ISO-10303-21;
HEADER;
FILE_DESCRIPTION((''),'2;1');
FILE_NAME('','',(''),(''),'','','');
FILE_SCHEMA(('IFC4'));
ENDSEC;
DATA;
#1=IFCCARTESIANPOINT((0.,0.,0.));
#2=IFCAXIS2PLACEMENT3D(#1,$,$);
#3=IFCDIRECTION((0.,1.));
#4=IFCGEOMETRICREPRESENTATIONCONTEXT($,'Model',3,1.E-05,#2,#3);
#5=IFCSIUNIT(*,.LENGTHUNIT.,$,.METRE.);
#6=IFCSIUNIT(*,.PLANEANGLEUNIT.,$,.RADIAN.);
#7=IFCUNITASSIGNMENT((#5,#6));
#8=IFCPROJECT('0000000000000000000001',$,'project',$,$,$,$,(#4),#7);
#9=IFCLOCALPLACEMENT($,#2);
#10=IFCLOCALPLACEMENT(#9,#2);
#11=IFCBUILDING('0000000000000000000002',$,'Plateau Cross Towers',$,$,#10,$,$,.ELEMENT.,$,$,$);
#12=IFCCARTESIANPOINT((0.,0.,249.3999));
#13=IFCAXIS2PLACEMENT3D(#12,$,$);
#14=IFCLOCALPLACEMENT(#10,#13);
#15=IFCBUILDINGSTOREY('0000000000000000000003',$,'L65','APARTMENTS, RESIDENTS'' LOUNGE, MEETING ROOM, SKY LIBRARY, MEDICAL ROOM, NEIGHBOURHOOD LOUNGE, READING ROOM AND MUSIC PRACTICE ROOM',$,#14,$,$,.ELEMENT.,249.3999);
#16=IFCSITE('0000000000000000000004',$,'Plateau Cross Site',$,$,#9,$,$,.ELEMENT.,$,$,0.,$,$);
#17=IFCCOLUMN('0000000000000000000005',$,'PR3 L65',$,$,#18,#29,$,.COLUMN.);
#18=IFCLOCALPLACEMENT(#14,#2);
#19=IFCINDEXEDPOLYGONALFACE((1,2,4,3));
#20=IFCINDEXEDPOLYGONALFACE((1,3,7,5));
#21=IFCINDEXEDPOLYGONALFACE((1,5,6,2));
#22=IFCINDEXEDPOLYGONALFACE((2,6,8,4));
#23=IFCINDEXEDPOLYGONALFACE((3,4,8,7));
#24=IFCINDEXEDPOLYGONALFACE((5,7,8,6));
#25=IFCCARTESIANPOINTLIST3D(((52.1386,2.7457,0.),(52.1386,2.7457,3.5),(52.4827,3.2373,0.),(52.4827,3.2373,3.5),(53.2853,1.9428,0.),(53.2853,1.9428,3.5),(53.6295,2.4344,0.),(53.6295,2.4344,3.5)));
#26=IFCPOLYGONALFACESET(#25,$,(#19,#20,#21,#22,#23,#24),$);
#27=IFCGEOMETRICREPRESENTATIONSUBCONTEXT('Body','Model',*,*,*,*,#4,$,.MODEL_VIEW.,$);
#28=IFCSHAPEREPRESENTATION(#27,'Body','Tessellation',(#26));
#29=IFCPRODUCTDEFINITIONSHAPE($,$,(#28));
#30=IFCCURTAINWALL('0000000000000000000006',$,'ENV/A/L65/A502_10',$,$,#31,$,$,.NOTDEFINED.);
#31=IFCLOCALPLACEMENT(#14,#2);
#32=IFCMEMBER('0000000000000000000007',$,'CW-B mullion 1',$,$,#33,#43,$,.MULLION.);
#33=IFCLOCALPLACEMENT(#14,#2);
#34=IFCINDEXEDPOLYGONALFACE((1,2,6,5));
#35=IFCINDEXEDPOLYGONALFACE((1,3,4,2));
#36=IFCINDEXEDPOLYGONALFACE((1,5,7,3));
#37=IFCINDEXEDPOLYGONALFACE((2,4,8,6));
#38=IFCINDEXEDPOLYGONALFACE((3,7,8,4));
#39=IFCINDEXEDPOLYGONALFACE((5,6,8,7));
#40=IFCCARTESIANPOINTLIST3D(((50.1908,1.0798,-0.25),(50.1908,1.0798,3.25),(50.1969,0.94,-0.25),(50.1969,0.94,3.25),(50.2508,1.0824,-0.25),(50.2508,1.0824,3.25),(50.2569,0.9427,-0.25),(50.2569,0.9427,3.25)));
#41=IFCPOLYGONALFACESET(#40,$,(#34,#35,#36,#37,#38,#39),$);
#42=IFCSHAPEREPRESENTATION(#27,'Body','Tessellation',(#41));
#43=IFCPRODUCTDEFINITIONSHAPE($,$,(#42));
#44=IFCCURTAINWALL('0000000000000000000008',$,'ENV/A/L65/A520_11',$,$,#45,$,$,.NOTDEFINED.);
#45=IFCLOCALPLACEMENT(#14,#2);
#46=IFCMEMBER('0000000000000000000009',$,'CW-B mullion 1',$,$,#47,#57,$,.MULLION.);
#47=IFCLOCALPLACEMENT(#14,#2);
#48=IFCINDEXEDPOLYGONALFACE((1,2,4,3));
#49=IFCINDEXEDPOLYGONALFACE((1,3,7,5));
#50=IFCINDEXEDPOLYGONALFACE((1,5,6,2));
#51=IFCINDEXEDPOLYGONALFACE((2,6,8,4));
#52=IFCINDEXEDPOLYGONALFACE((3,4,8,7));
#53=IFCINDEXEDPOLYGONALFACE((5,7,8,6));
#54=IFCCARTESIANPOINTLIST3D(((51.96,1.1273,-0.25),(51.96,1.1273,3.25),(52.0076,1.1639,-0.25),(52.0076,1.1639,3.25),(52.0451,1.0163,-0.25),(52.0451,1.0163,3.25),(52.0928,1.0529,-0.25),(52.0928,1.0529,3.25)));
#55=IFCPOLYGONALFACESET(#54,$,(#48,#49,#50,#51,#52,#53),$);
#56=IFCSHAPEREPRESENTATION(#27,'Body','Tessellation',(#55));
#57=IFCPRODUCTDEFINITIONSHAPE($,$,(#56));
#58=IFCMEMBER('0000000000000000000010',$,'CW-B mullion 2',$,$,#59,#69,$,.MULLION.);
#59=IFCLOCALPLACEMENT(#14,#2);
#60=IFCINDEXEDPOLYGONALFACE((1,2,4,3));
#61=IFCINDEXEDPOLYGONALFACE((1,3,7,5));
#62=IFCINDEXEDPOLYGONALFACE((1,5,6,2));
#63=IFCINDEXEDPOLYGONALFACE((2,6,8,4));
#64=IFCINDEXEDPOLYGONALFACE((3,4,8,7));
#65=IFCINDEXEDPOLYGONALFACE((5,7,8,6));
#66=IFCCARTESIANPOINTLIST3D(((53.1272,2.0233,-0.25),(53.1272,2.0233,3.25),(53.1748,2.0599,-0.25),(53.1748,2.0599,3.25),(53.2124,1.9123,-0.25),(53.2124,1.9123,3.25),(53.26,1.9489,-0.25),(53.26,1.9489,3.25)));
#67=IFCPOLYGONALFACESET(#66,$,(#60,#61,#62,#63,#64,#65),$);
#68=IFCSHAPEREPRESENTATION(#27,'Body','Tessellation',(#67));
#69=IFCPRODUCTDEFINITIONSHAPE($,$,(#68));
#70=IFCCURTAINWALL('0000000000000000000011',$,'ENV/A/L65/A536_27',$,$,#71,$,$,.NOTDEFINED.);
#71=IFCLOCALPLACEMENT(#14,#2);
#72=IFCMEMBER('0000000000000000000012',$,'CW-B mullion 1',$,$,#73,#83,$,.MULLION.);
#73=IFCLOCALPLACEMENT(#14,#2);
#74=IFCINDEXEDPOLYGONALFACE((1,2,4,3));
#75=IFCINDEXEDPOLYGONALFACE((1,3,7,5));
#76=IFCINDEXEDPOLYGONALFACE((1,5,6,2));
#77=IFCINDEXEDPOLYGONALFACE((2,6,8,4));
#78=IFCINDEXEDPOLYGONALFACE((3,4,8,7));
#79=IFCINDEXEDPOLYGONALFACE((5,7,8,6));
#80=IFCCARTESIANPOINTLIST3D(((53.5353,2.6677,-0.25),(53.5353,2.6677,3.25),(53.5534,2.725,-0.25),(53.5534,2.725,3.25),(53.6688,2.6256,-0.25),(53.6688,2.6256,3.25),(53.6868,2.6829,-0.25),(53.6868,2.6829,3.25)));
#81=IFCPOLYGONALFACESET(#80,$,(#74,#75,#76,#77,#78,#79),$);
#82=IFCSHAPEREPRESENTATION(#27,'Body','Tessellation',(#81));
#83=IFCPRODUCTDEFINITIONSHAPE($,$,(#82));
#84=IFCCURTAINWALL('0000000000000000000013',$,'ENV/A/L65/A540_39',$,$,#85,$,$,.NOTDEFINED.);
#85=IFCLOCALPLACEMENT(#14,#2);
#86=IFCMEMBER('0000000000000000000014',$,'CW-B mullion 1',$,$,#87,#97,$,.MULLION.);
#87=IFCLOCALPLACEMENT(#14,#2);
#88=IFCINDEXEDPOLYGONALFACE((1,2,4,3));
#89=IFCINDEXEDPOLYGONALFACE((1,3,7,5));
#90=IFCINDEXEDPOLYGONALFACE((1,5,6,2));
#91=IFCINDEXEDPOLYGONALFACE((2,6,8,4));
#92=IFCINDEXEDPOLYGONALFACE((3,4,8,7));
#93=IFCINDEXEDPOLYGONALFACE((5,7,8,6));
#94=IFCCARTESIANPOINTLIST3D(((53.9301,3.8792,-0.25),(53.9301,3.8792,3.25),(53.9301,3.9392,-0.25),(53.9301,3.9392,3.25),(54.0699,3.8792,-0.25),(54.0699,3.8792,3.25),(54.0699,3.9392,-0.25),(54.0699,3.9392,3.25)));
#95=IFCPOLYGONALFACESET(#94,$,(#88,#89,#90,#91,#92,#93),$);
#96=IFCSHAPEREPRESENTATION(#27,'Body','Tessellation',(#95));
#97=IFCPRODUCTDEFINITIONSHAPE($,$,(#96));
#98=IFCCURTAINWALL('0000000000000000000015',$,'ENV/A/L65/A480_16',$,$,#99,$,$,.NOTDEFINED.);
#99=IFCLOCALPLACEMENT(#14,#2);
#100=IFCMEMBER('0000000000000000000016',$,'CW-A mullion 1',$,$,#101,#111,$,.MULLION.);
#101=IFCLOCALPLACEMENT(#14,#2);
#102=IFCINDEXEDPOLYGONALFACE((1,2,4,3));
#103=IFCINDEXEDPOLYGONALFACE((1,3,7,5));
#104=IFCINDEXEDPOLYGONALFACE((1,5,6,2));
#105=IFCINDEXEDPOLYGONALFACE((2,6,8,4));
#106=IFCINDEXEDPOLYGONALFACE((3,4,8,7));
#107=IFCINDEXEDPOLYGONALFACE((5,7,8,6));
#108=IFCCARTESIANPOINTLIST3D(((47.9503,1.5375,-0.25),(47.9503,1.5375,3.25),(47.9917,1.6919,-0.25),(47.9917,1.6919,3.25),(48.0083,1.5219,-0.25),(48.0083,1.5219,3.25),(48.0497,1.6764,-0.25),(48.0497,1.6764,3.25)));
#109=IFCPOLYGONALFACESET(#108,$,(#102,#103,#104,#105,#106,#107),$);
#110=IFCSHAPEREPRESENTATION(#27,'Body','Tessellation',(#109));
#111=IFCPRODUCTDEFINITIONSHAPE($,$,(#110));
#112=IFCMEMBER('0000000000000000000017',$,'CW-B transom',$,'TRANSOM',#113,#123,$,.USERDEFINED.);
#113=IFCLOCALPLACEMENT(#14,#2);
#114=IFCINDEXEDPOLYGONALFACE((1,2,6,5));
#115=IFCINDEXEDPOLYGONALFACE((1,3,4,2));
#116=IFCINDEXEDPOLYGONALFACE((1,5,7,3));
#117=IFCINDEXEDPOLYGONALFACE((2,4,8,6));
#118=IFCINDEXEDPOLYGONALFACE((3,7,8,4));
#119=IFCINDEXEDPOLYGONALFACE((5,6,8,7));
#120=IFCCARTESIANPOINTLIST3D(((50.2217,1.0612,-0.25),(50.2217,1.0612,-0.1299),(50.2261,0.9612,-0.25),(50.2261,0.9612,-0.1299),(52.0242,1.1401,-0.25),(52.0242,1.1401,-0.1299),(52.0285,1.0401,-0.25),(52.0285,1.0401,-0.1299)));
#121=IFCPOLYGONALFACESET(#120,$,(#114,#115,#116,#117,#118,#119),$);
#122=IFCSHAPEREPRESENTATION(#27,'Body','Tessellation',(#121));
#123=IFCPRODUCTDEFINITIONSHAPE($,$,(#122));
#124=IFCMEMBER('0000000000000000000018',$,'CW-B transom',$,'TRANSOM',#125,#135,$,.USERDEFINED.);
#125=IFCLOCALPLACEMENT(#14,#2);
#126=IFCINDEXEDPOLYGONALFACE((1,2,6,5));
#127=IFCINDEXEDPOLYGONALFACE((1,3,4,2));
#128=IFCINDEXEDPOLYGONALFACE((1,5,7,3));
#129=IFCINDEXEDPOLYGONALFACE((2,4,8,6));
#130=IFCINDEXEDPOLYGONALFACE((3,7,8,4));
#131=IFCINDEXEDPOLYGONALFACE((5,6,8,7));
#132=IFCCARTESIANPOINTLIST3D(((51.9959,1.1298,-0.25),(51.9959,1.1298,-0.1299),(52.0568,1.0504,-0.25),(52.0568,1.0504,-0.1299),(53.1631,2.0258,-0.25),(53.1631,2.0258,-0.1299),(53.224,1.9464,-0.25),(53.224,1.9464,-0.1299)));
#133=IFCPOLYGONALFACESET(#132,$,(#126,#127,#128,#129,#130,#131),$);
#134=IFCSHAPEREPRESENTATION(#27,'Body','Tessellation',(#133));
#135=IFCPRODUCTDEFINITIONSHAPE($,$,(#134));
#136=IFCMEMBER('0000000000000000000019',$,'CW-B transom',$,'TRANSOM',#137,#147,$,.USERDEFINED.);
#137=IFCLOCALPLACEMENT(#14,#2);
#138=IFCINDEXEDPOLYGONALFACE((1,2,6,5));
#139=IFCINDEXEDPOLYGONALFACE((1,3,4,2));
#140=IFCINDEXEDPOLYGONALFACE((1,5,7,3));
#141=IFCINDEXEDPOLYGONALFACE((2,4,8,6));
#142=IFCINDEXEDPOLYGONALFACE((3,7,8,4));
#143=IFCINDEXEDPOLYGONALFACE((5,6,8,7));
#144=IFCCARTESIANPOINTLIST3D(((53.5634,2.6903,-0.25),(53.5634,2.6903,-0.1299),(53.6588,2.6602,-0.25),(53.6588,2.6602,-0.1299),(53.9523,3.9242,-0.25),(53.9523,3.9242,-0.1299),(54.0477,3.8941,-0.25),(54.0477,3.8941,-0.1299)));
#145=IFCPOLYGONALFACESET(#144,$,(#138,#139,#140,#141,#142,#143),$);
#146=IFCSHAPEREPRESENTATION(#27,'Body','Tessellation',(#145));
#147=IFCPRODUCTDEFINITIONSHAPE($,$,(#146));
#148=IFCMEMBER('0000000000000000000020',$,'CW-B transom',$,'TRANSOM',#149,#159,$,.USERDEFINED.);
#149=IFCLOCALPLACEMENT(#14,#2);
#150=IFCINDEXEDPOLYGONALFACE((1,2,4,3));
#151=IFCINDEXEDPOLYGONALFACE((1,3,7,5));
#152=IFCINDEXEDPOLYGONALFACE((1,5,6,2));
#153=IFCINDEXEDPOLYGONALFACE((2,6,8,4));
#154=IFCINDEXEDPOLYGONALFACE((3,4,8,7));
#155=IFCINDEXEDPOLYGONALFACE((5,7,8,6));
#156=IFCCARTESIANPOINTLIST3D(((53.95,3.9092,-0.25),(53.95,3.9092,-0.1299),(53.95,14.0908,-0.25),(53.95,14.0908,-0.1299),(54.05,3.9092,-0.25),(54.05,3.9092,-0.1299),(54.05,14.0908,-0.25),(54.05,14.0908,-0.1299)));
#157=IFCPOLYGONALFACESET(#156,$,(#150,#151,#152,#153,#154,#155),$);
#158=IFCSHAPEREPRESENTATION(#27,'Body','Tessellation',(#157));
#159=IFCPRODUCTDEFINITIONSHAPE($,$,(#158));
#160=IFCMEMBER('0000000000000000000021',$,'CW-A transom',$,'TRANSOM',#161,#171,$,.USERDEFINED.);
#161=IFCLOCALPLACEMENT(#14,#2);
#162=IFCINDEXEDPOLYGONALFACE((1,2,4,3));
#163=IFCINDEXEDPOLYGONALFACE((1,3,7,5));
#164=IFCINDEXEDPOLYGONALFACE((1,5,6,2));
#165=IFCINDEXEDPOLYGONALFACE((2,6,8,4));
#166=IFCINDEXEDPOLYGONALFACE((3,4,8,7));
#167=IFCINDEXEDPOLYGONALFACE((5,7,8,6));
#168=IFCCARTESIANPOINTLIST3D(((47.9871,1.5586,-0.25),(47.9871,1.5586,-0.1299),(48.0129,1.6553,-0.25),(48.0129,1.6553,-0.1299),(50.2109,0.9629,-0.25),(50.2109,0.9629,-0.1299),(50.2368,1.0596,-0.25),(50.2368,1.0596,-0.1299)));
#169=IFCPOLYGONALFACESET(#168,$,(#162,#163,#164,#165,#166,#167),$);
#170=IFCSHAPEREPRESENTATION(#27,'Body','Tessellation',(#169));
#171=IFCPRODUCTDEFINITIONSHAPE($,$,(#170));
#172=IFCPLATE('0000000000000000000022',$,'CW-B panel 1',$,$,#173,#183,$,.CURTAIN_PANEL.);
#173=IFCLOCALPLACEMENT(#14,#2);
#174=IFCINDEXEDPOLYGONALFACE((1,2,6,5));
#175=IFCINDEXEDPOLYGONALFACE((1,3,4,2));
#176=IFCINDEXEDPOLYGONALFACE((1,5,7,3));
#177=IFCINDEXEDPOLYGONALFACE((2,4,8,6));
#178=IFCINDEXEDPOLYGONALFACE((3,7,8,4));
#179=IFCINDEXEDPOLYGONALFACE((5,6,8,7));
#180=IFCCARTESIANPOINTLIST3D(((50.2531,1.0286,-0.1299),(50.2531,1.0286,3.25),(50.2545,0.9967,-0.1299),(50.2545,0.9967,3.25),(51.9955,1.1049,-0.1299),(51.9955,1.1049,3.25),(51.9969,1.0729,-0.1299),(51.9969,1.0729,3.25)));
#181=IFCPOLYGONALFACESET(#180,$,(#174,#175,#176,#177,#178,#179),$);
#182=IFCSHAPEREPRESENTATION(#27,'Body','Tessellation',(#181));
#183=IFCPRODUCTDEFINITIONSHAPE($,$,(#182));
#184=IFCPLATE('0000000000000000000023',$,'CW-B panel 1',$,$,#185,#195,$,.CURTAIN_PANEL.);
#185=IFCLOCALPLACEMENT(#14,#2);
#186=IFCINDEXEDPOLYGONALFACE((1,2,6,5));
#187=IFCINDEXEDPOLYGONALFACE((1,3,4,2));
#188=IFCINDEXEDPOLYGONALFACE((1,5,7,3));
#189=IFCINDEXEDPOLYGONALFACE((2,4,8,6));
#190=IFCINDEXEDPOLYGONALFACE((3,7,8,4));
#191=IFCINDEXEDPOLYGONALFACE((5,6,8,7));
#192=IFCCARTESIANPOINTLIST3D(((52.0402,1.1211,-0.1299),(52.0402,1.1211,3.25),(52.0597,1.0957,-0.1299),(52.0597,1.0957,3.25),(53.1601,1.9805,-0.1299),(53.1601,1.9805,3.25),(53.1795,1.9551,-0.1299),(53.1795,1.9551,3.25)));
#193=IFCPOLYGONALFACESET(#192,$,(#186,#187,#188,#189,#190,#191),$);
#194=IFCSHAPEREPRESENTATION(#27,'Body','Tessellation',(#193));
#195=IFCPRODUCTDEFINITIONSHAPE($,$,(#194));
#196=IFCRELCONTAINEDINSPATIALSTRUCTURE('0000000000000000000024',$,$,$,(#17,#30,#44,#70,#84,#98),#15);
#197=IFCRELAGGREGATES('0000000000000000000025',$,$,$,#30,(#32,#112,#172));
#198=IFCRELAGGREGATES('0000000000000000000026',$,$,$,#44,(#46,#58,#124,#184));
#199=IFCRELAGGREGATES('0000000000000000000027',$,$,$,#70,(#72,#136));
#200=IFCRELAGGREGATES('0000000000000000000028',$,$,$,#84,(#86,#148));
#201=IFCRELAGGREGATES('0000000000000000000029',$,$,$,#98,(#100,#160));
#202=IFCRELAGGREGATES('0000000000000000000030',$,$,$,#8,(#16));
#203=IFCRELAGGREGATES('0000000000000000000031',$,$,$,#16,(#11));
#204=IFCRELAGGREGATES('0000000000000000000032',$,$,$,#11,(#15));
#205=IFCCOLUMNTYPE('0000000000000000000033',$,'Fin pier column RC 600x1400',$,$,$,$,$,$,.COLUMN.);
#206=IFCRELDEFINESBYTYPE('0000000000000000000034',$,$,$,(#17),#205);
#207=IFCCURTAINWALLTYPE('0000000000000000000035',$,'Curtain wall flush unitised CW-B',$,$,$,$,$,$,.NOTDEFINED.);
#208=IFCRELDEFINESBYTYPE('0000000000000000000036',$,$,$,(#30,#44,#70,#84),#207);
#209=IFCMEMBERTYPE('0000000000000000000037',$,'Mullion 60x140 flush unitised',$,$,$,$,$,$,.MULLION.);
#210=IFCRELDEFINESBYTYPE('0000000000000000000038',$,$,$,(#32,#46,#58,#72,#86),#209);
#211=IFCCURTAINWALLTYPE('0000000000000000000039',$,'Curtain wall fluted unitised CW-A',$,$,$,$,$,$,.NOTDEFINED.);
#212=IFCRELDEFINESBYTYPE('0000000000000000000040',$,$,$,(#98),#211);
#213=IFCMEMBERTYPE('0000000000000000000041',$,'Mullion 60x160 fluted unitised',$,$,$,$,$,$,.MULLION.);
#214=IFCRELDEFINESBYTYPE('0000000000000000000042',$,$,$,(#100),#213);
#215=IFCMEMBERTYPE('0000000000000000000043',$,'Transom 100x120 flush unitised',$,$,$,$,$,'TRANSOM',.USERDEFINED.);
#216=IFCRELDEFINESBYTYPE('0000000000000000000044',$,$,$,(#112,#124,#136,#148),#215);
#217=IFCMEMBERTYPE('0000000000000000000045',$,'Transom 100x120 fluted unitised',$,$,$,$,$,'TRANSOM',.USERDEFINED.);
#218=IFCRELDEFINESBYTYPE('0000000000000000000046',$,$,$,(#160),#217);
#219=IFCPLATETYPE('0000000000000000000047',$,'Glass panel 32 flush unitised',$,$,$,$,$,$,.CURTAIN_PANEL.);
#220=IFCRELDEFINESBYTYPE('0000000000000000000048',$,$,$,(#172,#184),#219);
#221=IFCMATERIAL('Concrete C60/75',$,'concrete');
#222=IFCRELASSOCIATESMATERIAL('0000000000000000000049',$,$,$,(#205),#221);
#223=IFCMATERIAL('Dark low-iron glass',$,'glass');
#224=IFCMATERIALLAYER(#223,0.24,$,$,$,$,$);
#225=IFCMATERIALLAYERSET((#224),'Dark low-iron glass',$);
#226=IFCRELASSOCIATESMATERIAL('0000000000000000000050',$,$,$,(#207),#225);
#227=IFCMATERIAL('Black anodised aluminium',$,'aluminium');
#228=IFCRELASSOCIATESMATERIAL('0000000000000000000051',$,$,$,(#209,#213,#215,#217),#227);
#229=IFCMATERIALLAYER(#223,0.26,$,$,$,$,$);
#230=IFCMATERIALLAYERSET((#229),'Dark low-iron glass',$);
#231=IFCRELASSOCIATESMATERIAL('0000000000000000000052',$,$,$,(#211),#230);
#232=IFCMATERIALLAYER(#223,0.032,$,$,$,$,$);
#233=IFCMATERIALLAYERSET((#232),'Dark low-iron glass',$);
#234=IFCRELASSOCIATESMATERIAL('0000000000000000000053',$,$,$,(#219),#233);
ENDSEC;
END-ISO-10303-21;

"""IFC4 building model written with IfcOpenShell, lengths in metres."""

from ifc_helpers import new_model, si_unit, direction, frame, origin, origin_2d, place, context, subcontext, project, spatial, rectangle, extrude, material, layer, layer_set, material_profile, profile_set, type_object, element, aggregate, save


model = new_model("IFC4")

# Units and contexts
model_context = context("Model", 3, precision=1e-05, world=origin(), true_north=direction((0.0, 1.0)))
body_context = subcontext(model_context, "Body", "Model", "MODEL_VIEW")
ifc_project = project(units=[si_unit("LENGTHUNIT", "METRE"), si_unit("PLANEANGLEUNIT", "RADIAN")], contexts=[model_context])

# Site, building, storey
site_placement = place(None, origin())
site = spatial("IfcSite", under=ifc_project, at=site_placement, Name="Plateau Cross Site", CompositionType="ELEMENT", RefElevation=0.0)
building_placement = place(site_placement, origin())
building = spatial("IfcBuilding", under=site, at=building_placement, Name="Plateau Cross Towers", CompositionType="ELEMENT")
storey_placement = place(building_placement, frame((0.0, 0.0, 249.3999)))
storey = spatial("IfcBuildingStorey", under=building, at=storey_placement, Name="L65", Description="APARTMENTS, RESIDENTS' LOUNGE, MEETING ROOM, SKY LIBRARY, MEDICAL ROOM, NEIGHBOURHOOD LOUNGE, READING ROOM AND MUSIC PRACTICE ROOM", CompositionType="ELEMENT", Elevation=249.3999)

# Column
ifc_material_1 = material(Name="Concrete C60/75", Category="concrete")
ifc_material_profile_1 = material_profile(ifc_material_1, rectangle(XDim=0.6001, YDim=1.3999, at=origin_2d()), Name="RC 600x1400")
ifc_profile_set_1 = profile_set([ifc_material_profile_1], Name="Concrete C60/75")
column_type = type_object("IfcColumnType", Name="Fin pier column RC 600x1400", PredefinedType="COLUMN", material=ifc_profile_set_1)
column_placement = place(storey_placement, frame((52.884, 2.5901, 0.0), z_axis=(0.0, 0.0, 1.0), x_axis=(0.573543, 0.819176, 0.0)))
element("IfcColumn", 1, at=column_placement, inside=storey, type_object=column_type, Name="PR3 L65", PredefinedType="COLUMN", context=body_context, shape_type="SweptSolid", body=[
    extrude(rectangle(XDim=0.6001, YDim=1.3999, at=origin_2d()), origin(), (0.0, 0.0, 1.0), 3.5),
])

# Curtain wall, member
ifc_material_2 = material(Name="Dark low-iron glass", Category="glass")
ifc_layer_1 = layer(ifc_material_2, 0.24)
ifc_layer_set_1 = layer_set([ifc_layer_1], Name="Dark low-iron glass")
curtain_wall_type_1 = type_object("IfcCurtainWallType", Name="Curtain wall flush unitised CW-B", PredefinedType="NOTDEFINED", material=ifc_layer_set_1)
curtain_wall_1_placement = place(storey_placement, origin())
curtain_wall_1 = element("IfcCurtainWall", 2, at=curtain_wall_1_placement, inside=storey, type_object=curtain_wall_type_1, Name="ENV/A/L65/A502_10", PredefinedType="NOTDEFINED")
ifc_material_3 = material(Name="Black anodised aluminium", Category="aluminium")
ifc_material_profile_2 = material_profile(ifc_material_3, rectangle(XDim=0.0601, YDim=0.1399, at=origin_2d()), Name="MULLION 60x140")
ifc_profile_set_2 = profile_set([ifc_material_profile_2], Name="Black anodised aluminium")
member_type_1 = type_object("IfcMemberType", Name="Mullion 60x140 flush unitised", PredefinedType="MULLION", material=ifc_profile_set_2)
member_1_placement = place(storey_placement, frame((50.2239, 1.0112, -0.25), z_axis=(0.0, 0.0, 1.0), x_axis=(0.999044, 0.043723, 0.0)))
member_1 = element("IfcMember", 3, at=member_1_placement, type_object=member_type_1, Name="CW-B mullion 1", PredefinedType="MULLION", context=body_context, shape_type="SweptSolid", body=[
    extrude(rectangle(XDim=0.0601, YDim=0.1399, at=origin_2d()), origin(), (0.0, 0.0, 1.0), 3.5),
])

# Curtain wall, members
curtain_wall_2_placement = place(storey_placement, origin())
curtain_wall_2 = element("IfcCurtainWall", 4, at=curtain_wall_2_placement, inside=storey, type_object=curtain_wall_type_1, Name="ENV/A/L65/A520_11", PredefinedType="NOTDEFINED")
member_2_placement = place(storey_placement, frame((52.0264, 1.0901, -0.25), z_axis=(0.0, 0.0, 1.0), x_axis=(0.793316, 0.608811, 0.0)))
member_2 = element("IfcMember", 5, at=member_2_placement, type_object=member_type_1, Name="CW-B mullion 1", PredefinedType="MULLION", context=body_context, shape_type="SweptSolid", body=[
    extrude(rectangle(XDim=0.0601, YDim=0.1399, at=origin_2d()), origin(), (0.0, 0.0, 1.0), 3.5),
])
member_3_placement = place(storey_placement, frame((53.1936, 1.9861, -0.25), z_axis=(0.0, 0.0, 1.0), x_axis=(0.793316, 0.608811, 0.0)))
member_3 = element("IfcMember", 6, at=member_3_placement, type_object=member_type_1, Name="CW-B mullion 2", PredefinedType="MULLION", context=body_context, shape_type="SweptSolid", body=[
    extrude(rectangle(XDim=0.0601, YDim=0.1399, at=origin_2d()), origin(), (0.0, 0.0, 1.0), 3.5),
])

# Curtain walls, members
curtain_wall_3_placement = place(storey_placement, origin())
curtain_wall_3 = element("IfcCurtainWall", 7, at=curtain_wall_3_placement, inside=storey, type_object=curtain_wall_type_1, Name="ENV/A/L65/A536_27", PredefinedType="NOTDEFINED")
member_4_placement = place(storey_placement, frame((53.6111, 2.6753, -0.25), z_axis=(0.0, 0.0, 1.0), x_axis=(0.300686, 0.953723, 0.0)))
member_4 = element("IfcMember", 8, at=member_4_placement, type_object=member_type_1, Name="CW-B mullion 1", PredefinedType="MULLION", context=body_context, shape_type="SweptSolid", body=[
    extrude(rectangle(XDim=0.0601, YDim=0.1399, at=origin_2d()), origin(), (0.0, 0.0, 1.0), 3.5),
])
curtain_wall_4_placement = place(storey_placement, origin())
curtain_wall_4 = element("IfcCurtainWall", 9, at=curtain_wall_4_placement, inside=storey, type_object=curtain_wall_type_1, Name="ENV/A/L65/A540_39", PredefinedType="NOTDEFINED")
member_5_placement = place(storey_placement, frame((54.0, 3.9092, -0.25), z_axis=(0.0, 0.0, 1.0), x_axis=(0.0, 1.0, 0.0)))
member_5 = element("IfcMember", 10, at=member_5_placement, type_object=member_type_1, Name="CW-B mullion 1", PredefinedType="MULLION", context=body_context, shape_type="SweptSolid", body=[
    extrude(rectangle(XDim=0.0601, YDim=0.1399, at=origin_2d()), origin(), (0.0, 0.0, 1.0), 3.5),
])
ifc_layer_2 = layer(ifc_material_2, 0.26)
ifc_layer_set_2 = layer_set([ifc_layer_2], Name="Dark low-iron glass")
curtain_wall_type_2 = type_object("IfcCurtainWallType", Name="Curtain wall fluted unitised CW-A", PredefinedType="NOTDEFINED", material=ifc_layer_set_2)
curtain_wall_5_placement = place(storey_placement, origin())
curtain_wall_5 = element("IfcCurtainWall", 11, at=curtain_wall_5_placement, inside=storey, type_object=curtain_wall_type_2, Name="ENV/A/L65/A480_16", PredefinedType="NOTDEFINED")
ifc_material_profile_3 = material_profile(ifc_material_3, rectangle(XDim=0.0601, YDim=0.1599, at=origin_2d()), Name="MULLION 60x160")
ifc_profile_set_3 = profile_set([ifc_material_profile_3], Name="Black anodised aluminium")
member_type_2 = type_object("IfcMemberType", Name="Mullion 60x160 fluted unitised", PredefinedType="MULLION", material=ifc_profile_set_3)
member_6_placement = place(storey_placement, frame((48.0, 1.6069, -0.25), z_axis=(0.0, 0.0, 1.0), x_axis=(0.965958, -0.258699, 0.0)))
member_6 = element("IfcMember", 12, at=member_6_placement, type_object=member_type_2, Name="CW-A mullion 1", PredefinedType="MULLION", context=body_context, shape_type="SweptSolid", body=[
    extrude(rectangle(XDim=0.0601, YDim=0.1599, at=origin_2d()), origin(), (0.0, 0.0, 1.0), 3.5),
])

# Members
ifc_material_profile_4 = material_profile(ifc_material_3, rectangle(XDim=0.1001, YDim=0.1201, at=origin_2d()), Name="TRANSOM 100x120")
ifc_profile_set_4 = profile_set([ifc_material_profile_4], Name="Black anodised aluminium")
member_type_3 = type_object("IfcMemberType", Name="Transom 100x120 flush unitised", ElementType="TRANSOM", PredefinedType="USERDEFINED", material=ifc_profile_set_4)
member_7_placement = place(storey_placement, frame((50.2239, 1.0112, -0.1899), z_axis=(0.999044, 0.043707, 0.0), x_axis=(-0.043707, 0.999044, 0.0)))
member_7 = element("IfcMember", 13, at=member_7_placement, type_object=member_type_3, Name="CW-B transom", ObjectType="TRANSOM", PredefinedType="USERDEFINED", context=body_context, shape_type="SweptSolid", body=[
    extrude(rectangle(XDim=0.1001, YDim=0.1201, at=origin_2d()), origin(), (0.0, 0.0, 1.0), 1.8042),
])
member_8_placement = place(storey_placement, frame((52.0264, 1.0901, -0.1899), z_axis=(0.79324, 0.608909, 0.0), x_axis=(-0.608909, 0.79324, 0.0)))
member_8 = element("IfcMember", 14, at=member_8_placement, type_object=member_type_3, Name="CW-B transom", ObjectType="TRANSOM", PredefinedType="USERDEFINED", context=body_context, shape_type="SweptSolid", body=[
    extrude(rectangle(XDim=0.1001, YDim=0.1201, at=origin_2d()), origin(), (0.0, 0.0, 1.0), 1.4714),
])
member_9_placement = place(storey_placement, frame((53.6111, 2.6753, -0.1899), z_axis=(0.300617, 0.953745, 0.0), x_axis=(-0.953745, 0.300617, 0.0)))
member_9 = element("IfcMember", 15, at=member_9_placement, type_object=member_type_3, Name="CW-B transom", ObjectType="TRANSOM", PredefinedType="USERDEFINED", context=body_context, shape_type="SweptSolid", body=[
    extrude(rectangle(XDim=0.1001, YDim=0.1201, at=origin_2d()), origin(), (0.0, 0.0, 1.0), 1.2937),
])
member_10_placement = place(storey_placement, frame((54.0, 3.9092, -0.1899), z_axis=(0.0, 1.0, 0.0), x_axis=(-1.0, 0.0, 0.0)))
member_10 = element("IfcMember", 16, at=member_10_placement, type_object=member_type_3, Name="CW-B transom", ObjectType="TRANSOM", PredefinedType="USERDEFINED", context=body_context, shape_type="SweptSolid", body=[
    extrude(rectangle(XDim=0.1001, YDim=0.1201, at=origin_2d()), origin(), (0.0, 0.0, 1.0), 10.1816),
])
ifc_material_profile_5 = material_profile(ifc_material_3, rectangle(XDim=0.1001, YDim=0.1201, at=origin_2d()), Name="TRANSOM 100x120")
ifc_profile_set_5 = profile_set([ifc_material_profile_5], Name="Black anodised aluminium")
member_type_4 = type_object("IfcMemberType", Name="Transom 100x120 fluted unitised", ElementType="TRANSOM", PredefinedType="USERDEFINED", material=ifc_profile_set_5)
member_11_placement = place(storey_placement, frame((48.0, 1.6069, -0.1899), z_axis=(0.965946, -0.258745, 0.0), x_axis=(0.258745, 0.965946, 0.0)))
member_11 = element("IfcMember", 17, at=member_11_placement, type_object=member_type_4, Name="CW-A transom", ObjectType="TRANSOM", PredefinedType="USERDEFINED", context=body_context, shape_type="SweptSolid", body=[
    extrude(rectangle(XDim=0.1001, YDim=0.1201, at=origin_2d()), origin(), (0.0, 0.0, 1.0), 2.3022),
])

# Plates
ifc_layer_3 = layer(ifc_material_2, 0.032)
ifc_layer_set_3 = layer_set([ifc_layer_3], Name="Dark low-iron glass")
plate_type_1 = type_object("IfcPlateType", Name="Glass panel 32 flush unitised", PredefinedType="CURTAIN_PANEL", material=ifc_layer_set_3)
plate_1_placement = place(storey_placement, frame((51.125, 1.0508, -0.1299), z_axis=(0.0, 0.0, 1.0), x_axis=(0.999044, 0.043723, 0.0)))
plate_1 = element("IfcPlate", 18, at=plate_1_placement, type_object=plate_type_1, Name="CW-B panel 1", PredefinedType="CURTAIN_PANEL", context=body_context, shape_type="SweptSolid", body=[
    extrude(rectangle(XDim=1.7441, YDim=0.032, at=origin_2d()), origin(), (0.0, 0.0, 1.0), 3.3799),
])
aggregate(curtain_wall_1, [member_1, member_7, plate_1])
plate_2_placement = place(storey_placement, frame((52.6099, 1.5381, -0.1299), z_axis=(0.0, 0.0, 1.0), x_axis=(0.793316, 0.608811, 0.0)))
plate_2 = element("IfcPlate", 19, at=plate_2_placement, type_object=plate_type_1, Name="CW-B panel 1", PredefinedType="CURTAIN_PANEL", context=body_context, shape_type="SweptSolid", body=[
    extrude(rectangle(XDim=1.4116, YDim=0.032, at=origin_2d()), origin(), (0.0, 0.0, 1.0), 3.3799),
])
aggregate(curtain_wall_2, [member_2, member_3, member_8, plate_2])
aggregate(curtain_wall_3, [member_4, member_9])
aggregate(curtain_wall_4, [member_5, member_10])

aggregate(curtain_wall_5, [member_6, member_11])

save(model, "model.ifc")
